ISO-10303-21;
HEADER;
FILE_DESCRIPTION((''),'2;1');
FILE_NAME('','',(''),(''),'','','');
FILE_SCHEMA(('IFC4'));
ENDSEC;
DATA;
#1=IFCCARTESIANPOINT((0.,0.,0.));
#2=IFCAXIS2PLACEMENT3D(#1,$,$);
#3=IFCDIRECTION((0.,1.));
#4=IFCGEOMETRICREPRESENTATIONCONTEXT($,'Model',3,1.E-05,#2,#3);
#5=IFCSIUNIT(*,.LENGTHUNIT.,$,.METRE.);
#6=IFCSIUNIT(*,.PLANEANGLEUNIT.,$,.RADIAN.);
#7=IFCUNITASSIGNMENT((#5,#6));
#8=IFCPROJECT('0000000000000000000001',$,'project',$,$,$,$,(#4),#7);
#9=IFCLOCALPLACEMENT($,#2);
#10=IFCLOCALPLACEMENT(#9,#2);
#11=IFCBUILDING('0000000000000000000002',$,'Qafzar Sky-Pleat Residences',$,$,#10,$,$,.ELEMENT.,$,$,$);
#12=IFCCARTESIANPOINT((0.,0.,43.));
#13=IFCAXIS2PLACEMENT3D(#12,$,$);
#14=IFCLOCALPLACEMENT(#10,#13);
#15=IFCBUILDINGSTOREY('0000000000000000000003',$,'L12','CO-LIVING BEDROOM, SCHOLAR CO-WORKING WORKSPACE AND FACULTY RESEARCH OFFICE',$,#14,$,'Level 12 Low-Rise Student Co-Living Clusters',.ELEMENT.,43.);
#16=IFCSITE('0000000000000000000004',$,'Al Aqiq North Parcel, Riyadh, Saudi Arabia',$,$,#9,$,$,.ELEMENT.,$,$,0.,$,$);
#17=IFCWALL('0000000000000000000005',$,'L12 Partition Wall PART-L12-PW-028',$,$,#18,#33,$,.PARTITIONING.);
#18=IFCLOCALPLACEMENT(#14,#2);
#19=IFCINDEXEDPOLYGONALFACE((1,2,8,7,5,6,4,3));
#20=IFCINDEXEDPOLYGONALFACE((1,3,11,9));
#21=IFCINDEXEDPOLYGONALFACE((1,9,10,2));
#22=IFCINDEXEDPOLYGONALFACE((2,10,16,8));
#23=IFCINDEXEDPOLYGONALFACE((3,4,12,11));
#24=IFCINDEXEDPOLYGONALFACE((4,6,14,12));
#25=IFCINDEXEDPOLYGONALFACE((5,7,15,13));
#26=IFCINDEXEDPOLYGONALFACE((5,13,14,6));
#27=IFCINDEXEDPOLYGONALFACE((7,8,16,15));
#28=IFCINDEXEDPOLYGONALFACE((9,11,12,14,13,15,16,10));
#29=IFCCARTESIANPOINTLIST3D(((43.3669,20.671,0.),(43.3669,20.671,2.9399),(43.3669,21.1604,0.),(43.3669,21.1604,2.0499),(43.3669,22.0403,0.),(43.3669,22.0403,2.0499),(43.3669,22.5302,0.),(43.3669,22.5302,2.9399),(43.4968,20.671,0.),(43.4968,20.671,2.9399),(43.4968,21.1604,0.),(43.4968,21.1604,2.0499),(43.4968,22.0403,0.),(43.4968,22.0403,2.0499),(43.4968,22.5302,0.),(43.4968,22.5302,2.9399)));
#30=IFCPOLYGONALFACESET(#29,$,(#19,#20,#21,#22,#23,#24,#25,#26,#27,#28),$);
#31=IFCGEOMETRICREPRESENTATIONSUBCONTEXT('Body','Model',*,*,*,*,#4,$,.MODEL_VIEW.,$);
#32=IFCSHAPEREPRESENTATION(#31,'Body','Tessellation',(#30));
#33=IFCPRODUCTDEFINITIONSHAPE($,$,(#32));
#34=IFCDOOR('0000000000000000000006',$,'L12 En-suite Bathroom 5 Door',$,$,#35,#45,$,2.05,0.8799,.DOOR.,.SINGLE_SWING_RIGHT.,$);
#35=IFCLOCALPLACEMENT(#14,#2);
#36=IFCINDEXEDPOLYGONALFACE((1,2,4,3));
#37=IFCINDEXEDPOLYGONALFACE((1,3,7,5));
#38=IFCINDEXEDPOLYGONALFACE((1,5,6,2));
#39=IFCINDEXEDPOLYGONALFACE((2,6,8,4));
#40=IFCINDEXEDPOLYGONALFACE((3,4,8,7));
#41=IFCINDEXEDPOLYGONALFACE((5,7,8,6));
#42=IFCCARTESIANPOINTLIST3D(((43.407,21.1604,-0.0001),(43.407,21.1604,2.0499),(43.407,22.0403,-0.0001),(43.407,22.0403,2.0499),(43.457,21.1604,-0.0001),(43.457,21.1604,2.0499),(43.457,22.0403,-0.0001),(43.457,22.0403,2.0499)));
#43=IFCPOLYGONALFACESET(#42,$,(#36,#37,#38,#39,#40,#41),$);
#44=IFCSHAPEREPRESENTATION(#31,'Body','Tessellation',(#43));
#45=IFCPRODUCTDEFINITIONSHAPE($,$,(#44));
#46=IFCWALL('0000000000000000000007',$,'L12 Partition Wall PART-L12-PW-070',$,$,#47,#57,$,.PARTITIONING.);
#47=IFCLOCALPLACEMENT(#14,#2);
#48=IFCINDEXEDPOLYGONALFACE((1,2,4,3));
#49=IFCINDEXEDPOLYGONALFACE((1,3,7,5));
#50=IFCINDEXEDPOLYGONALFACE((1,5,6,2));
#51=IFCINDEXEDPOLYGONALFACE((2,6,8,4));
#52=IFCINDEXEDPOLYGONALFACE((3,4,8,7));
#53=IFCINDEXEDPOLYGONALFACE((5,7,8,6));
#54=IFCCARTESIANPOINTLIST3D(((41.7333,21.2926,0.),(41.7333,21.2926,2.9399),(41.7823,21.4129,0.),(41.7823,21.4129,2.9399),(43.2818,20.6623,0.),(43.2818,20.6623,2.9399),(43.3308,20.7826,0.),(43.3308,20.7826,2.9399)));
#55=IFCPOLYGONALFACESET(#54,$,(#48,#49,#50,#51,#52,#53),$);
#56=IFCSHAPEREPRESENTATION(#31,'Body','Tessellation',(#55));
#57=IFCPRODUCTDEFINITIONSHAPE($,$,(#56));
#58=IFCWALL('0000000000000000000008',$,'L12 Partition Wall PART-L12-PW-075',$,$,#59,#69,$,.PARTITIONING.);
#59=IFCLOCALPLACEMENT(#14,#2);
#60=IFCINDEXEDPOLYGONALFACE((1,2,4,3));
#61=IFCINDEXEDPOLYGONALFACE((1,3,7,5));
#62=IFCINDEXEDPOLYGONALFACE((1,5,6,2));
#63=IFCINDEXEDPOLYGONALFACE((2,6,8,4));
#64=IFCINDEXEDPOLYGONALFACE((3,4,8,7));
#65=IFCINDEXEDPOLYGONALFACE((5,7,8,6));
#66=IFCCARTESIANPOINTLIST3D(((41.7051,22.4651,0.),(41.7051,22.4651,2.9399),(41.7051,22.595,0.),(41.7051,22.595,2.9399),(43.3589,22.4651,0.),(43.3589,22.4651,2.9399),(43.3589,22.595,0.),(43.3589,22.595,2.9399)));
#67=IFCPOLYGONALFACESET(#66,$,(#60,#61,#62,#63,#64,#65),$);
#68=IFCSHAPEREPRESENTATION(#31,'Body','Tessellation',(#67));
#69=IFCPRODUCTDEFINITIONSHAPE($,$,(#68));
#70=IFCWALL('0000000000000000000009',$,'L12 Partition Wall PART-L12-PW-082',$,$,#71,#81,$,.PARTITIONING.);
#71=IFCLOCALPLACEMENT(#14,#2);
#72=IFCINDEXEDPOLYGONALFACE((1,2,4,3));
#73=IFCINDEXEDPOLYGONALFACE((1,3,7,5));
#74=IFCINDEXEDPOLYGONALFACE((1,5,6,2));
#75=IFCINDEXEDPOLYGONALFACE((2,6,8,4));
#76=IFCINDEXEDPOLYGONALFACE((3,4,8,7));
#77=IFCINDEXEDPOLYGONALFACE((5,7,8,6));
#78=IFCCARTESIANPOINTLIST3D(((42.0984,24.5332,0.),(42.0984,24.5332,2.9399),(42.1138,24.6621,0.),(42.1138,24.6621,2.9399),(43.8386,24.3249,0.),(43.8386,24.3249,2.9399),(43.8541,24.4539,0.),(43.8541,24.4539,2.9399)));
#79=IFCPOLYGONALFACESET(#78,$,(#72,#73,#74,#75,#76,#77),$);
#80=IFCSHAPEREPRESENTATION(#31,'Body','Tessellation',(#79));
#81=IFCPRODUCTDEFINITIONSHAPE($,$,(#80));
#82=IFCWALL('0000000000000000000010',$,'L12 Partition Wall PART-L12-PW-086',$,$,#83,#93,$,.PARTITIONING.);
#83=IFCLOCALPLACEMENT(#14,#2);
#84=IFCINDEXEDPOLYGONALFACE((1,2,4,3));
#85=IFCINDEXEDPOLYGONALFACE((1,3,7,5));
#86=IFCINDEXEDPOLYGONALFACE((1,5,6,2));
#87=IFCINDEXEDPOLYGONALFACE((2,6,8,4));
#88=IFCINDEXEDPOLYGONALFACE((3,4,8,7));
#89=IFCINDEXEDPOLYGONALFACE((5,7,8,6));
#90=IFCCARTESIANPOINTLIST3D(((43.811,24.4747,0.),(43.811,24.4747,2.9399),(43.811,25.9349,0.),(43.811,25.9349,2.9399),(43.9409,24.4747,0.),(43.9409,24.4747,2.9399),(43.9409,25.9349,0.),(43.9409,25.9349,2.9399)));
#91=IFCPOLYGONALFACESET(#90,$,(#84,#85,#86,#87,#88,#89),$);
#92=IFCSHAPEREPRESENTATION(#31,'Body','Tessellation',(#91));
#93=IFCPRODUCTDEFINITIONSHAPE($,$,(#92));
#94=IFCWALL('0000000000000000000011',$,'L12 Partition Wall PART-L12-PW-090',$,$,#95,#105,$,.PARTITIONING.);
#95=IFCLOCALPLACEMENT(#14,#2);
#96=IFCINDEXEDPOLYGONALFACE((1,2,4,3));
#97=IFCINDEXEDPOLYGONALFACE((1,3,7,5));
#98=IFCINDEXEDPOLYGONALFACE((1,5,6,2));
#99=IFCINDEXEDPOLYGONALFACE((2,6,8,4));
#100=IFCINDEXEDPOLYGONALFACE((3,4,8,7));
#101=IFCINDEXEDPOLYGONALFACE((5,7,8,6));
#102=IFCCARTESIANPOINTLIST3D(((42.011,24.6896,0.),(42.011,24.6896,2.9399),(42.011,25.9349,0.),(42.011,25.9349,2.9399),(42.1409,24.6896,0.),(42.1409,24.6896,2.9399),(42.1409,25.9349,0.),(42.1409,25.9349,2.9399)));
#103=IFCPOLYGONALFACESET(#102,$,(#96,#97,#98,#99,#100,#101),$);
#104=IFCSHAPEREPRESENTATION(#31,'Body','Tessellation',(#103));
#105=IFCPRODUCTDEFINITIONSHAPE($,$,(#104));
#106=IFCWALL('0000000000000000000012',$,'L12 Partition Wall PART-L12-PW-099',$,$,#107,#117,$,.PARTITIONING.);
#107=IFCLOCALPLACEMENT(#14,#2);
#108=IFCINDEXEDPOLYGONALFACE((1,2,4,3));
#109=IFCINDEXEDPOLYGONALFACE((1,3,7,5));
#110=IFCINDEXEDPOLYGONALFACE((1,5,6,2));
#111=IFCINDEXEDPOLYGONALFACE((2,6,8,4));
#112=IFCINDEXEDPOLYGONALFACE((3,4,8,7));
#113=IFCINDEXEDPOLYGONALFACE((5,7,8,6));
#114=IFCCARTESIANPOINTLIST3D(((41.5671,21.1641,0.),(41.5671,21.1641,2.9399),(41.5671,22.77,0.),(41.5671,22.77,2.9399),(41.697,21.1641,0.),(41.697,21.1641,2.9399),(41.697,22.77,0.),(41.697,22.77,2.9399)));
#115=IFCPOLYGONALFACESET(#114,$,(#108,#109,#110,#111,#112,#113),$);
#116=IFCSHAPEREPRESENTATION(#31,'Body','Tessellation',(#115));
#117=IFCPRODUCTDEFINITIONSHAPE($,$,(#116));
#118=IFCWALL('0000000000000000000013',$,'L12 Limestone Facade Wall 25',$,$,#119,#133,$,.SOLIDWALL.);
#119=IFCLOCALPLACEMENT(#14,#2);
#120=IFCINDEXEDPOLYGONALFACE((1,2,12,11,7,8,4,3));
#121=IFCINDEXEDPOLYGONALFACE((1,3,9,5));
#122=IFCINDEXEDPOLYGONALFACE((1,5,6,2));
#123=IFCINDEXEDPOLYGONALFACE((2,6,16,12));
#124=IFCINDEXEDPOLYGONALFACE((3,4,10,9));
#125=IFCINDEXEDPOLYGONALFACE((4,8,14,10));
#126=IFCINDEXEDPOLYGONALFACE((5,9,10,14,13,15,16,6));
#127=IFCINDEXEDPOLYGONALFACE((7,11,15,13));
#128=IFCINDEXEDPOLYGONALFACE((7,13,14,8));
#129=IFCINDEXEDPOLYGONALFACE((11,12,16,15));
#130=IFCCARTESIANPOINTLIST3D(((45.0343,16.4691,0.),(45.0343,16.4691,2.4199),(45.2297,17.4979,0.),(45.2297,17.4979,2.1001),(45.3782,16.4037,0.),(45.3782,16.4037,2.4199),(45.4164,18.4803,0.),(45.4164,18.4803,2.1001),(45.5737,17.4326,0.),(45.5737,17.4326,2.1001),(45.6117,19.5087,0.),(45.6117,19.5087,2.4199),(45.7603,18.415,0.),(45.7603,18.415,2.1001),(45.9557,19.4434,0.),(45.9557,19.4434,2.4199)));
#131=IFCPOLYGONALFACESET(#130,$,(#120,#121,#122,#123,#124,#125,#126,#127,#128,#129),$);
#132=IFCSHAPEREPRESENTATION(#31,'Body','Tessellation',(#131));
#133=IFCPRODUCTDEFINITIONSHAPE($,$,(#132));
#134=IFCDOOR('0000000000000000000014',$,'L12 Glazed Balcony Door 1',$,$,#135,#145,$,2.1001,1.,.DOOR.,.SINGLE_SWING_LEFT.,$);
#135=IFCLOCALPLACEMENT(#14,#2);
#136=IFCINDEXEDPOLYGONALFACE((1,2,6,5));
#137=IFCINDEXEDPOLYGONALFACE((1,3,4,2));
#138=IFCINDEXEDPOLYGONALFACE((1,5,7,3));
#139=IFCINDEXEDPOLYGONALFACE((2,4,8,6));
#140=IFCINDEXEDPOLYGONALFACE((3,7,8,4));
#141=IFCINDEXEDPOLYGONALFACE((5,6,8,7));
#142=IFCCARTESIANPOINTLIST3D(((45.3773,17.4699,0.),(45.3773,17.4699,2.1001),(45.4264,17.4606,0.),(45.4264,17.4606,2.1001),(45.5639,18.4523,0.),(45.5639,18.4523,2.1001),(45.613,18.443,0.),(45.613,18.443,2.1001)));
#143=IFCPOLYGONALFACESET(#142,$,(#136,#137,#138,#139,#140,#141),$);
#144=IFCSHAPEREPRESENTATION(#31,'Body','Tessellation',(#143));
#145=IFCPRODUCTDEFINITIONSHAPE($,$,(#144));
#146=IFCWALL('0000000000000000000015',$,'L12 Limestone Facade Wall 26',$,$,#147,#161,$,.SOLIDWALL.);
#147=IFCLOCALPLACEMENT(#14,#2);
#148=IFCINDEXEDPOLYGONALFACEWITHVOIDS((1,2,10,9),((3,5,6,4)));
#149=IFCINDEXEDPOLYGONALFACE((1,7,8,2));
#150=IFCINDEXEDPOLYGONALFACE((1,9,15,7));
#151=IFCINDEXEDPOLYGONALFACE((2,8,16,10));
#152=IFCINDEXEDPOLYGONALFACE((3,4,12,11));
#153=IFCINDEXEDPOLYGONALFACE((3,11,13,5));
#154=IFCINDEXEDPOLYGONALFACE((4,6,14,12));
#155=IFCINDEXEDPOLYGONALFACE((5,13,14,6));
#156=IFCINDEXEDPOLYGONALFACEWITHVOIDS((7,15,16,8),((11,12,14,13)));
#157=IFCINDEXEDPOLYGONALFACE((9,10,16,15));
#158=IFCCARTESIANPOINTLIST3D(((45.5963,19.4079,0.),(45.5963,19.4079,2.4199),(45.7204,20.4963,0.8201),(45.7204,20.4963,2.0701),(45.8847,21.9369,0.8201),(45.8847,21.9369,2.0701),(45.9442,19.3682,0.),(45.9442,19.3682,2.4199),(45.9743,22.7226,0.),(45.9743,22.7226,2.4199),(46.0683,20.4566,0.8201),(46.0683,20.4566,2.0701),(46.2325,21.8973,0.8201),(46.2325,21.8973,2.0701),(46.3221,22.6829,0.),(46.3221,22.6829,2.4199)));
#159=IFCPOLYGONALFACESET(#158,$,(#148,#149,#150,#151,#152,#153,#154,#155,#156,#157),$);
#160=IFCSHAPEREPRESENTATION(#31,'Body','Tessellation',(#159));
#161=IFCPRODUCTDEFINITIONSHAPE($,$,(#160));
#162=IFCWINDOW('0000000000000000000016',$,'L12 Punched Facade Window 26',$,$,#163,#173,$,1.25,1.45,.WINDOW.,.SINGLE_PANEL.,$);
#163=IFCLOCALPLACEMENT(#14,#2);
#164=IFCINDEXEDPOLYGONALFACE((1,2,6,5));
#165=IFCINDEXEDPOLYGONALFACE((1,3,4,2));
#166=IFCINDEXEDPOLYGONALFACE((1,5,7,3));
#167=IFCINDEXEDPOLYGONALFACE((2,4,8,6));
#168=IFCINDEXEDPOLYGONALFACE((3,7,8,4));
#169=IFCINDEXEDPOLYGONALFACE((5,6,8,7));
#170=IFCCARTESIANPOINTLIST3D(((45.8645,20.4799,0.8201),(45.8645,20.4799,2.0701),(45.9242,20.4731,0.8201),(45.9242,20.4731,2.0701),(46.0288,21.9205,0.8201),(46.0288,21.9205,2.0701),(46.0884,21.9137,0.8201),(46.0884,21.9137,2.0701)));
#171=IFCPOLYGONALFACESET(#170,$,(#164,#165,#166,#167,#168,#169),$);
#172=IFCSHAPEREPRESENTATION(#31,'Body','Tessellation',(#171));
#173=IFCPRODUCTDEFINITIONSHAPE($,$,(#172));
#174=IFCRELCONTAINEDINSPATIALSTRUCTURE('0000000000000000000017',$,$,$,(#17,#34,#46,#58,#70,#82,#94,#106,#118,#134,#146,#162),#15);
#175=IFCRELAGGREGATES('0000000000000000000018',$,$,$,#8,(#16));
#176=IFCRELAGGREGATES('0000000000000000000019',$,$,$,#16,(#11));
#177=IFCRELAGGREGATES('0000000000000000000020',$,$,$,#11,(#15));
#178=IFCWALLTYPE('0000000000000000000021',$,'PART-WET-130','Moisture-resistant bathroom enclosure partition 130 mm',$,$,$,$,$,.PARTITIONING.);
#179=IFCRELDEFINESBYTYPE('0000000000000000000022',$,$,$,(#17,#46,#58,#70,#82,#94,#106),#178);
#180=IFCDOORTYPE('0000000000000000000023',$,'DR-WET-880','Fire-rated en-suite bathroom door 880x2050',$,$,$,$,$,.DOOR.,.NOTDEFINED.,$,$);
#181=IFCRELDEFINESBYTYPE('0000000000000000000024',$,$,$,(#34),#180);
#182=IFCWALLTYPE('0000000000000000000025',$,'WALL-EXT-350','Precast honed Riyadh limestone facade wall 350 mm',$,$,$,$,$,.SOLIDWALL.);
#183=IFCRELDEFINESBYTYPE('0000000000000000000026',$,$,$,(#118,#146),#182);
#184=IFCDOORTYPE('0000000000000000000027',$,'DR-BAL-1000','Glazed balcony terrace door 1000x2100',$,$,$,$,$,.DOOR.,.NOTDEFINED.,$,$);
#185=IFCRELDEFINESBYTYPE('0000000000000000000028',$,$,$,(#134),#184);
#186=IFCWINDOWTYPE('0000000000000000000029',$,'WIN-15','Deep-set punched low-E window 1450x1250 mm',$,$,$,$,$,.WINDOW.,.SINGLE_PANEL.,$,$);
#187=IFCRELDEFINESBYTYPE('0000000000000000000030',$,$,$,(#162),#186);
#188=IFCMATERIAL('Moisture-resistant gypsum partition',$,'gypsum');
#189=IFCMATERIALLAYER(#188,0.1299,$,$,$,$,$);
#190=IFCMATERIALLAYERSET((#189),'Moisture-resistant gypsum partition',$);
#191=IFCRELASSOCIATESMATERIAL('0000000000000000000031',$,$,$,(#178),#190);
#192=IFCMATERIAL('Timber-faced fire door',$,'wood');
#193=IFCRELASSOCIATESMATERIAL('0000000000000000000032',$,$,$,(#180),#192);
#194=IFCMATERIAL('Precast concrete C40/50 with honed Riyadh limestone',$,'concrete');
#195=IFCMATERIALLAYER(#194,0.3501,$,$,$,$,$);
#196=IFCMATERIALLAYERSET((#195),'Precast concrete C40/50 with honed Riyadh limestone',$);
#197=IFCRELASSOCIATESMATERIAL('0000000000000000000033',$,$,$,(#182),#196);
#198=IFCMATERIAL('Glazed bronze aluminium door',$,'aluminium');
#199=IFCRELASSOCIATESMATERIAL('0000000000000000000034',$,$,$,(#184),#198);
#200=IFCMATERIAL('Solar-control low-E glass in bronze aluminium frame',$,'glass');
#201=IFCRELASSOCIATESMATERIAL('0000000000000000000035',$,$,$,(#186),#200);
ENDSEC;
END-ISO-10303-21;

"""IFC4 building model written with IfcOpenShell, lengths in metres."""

from ifc_helpers import new_model, si_unit, direction, frame, frame_2d, origin, place, context, subcontext, project, spatial, rectangle, extrude, source, transform, mapped, material, layer, layer_set, type_object, element, fill, save


model = new_model("IFC4")

# Units and contexts
model_context = context("Model", 3, precision=1e-05, world=origin(), true_north=direction((0.0, 1.0)))
body_context = subcontext(model_context, "Body", "Model", "MODEL_VIEW")
ifc_project = project(units=[si_unit("LENGTHUNIT", "METRE"), si_unit("PLANEANGLEUNIT", "RADIAN")], contexts=[model_context])

# Site, building, storey
site_placement = place(None, origin())
site = spatial("IfcSite", under=ifc_project, at=site_placement, Name="Al Aqiq North Parcel, Riyadh, Saudi Arabia", CompositionType="ELEMENT", RefElevation=0.0)
building_placement = place(site_placement, origin())
building = spatial("IfcBuilding", under=site, at=building_placement, Name="Qafzar Sky-Pleat Residences", CompositionType="ELEMENT")
storey_placement = place(building_placement, frame((0.0, 0.0, 43.0)))
storey = spatial("IfcBuildingStorey", under=building, at=storey_placement, Name="L12", Description="CO-LIVING BEDROOM, SCHOLAR CO-WORKING WORKSPACE AND FACULTY RESEARCH OFFICE", LongName="Level 12 Low-Rise Student Co-Living Clusters", CompositionType="ELEMENT", Elevation=43.0)

# Wall, opening, door
ifc_material_1 = material(Name="Moisture-resistant gypsum partition", Category="gypsum")
ifc_layer_1 = layer(ifc_material_1, 0.1299)
ifc_layer_set_1 = layer_set([ifc_layer_1], Name="Moisture-resistant gypsum partition")
wall_type_1 = type_object("IfcWallType", Name="PART-WET-130", Description="Moisture-resistant bathroom enclosure partition 130 mm", PredefinedType="PARTITIONING", material=ifc_layer_set_1)
wall_1_placement = place(storey_placement, frame((43.4319, 20.6709, 0.0), z_axis=(0.0, 0.0, 1.0), x_axis=(0.0, 1.0, 0.0)))
wall_1 = element("IfcWall", 1, at=wall_1_placement, inside=storey, type_object=wall_type_1, Name="L12 Partition Wall PART-L12-PW-028", PredefinedType="PARTITIONING", context=body_context, shape_type="SweptSolid", body=[
    extrude(rectangle(XDim=1.8591, YDim=0.1299, at=frame_2d((0.9297, 0.0))), origin(), (0.0, 0.0, 1.0), 2.9399),
])
opening_1_placement = place(wall_1_placement, frame((0.4895, 0.0, 0.0)))
opening_1 = element("IfcOpeningElement", 2, at=opening_1_placement, cuts=wall_1, PredefinedType="OPENING", context=body_context, shape_type="SweptSolid", body=[
    extrude(rectangle(XDim=0.8799, YDim=2.05, at=frame_2d((0.4399, 1.0249))), frame((0.0, 0.075, 0.0), z_axis=(0.0, -1.0, 0.0), x_axis=(1.0, 0.0, 0.0)), (0.0, 0.0, 1.0), 0.1499),
])
ifc_material_2 = material(Name="Timber-faced fire door", Category="wood")
door_type_1 = type_object("IfcDoorType", Name="DR-WET-880", Description="Fire-rated en-suite bathroom door 880x2050", OperationType="NOTDEFINED", PredefinedType="DOOR", material=ifc_material_2)
shared_shape_1 = source(origin(), body_context, "Body", "SweptSolid", [
    extrude(rectangle(XDim=0.8799, YDim=2.05, at=frame_2d((0.4399, 1.0249))), frame((0.0, 0.0249, 0.0), z_axis=(0.0, -1.0, 0.0), x_axis=(1.0, 0.0, 0.0)), (0.0, 0.0, 1.0), 0.05),
])
door_1_placement = place(opening_1_placement, origin())
door_1 = element("IfcDoor", 3, at=door_1_placement, inside=storey, type_object=door_type_1, Name="L12 En-suite Bathroom 5 Door", OperationType="SINGLE_SWING_RIGHT", OverallHeight=2.05, OverallWidth=0.8799, PredefinedType="DOOR", context=body_context, shape_type="MappedRepresentation", body=[
    mapped(shared_shape_1, transform((0.0, 0.0, 0.0), x_axis=(1.0, 0.0, 0.0), y_axis=(0.0, 1.0, 0.0), z_axis=(0.0, 0.0, 1.0), scale=1.0)),
])
fill(opening_1, door_1)

# Walls
wall_2_placement = place(storey_placement, frame((41.7578, 21.3528, 0.0), z_axis=(0.0, 0.0, 1.0), x_axis=(0.926204, -0.377023, 0.0)))
element("IfcWall", 4, at=wall_2_placement, inside=storey, type_object=wall_type_1, Name="L12 Partition Wall PART-L12-PW-070", PredefinedType="PARTITIONING", context=body_context, shape_type="SweptSolid", body=[
    extrude(rectangle(XDim=1.6719, YDim=0.1299, at=frame_2d((0.8359, 0.0))), origin(), (0.0, 0.0, 1.0), 2.9399),
])
wall_3_placement = place(storey_placement, frame((41.7051, 22.53, 0.0), z_axis=(0.0, 0.0, 1.0), x_axis=(1.0, 0.0, 0.0)))
element("IfcWall", 5, at=wall_3_placement, inside=storey, type_object=wall_type_1, Name="L12 Partition Wall PART-L12-PW-075", PredefinedType="PARTITIONING", context=body_context, shape_type="SweptSolid", body=[
    extrude(rectangle(XDim=1.6538, YDim=0.1299, at=frame_2d((0.8269, 0.0))), origin(), (0.0, 0.0, 1.0), 2.9399),
])
wall_4_placement = place(storey_placement, frame((42.106, 24.5977, 0.0), z_axis=(0.0, 0.0, 1.0), x_axis=(0.992916, -0.118821, 0.0)))
element("IfcWall", 6, at=wall_4_placement, inside=storey, type_object=wall_type_1, Name="L12 Partition Wall PART-L12-PW-082", PredefinedType="PARTITIONING", context=body_context, shape_type="SweptSolid", body=[
    extrude(rectangle(XDim=1.7527, YDim=0.1299, at=frame_2d((0.8765, 0.0))), origin(), (0.0, 0.0, 1.0), 2.9399),
])
wall_5_placement = place(storey_placement, frame((43.876, 24.4749, 0.0), z_axis=(0.0, 0.0, 1.0), x_axis=(0.0, 1.0, 0.0)))
element("IfcWall", 7, at=wall_5_placement, inside=storey, type_object=wall_type_1, Name="L12 Partition Wall PART-L12-PW-086", PredefinedType="PARTITIONING", context=body_context, shape_type="SweptSolid", body=[
    extrude(rectangle(XDim=1.4602, YDim=0.1299, at=frame_2d((0.73, 0.0))), origin(), (0.0, 0.0, 1.0), 2.9399),
])
wall_6_placement = place(storey_placement, frame((42.0759, 24.6897, 0.0), z_axis=(0.0, 0.0, 1.0), x_axis=(0.0, 1.0, 0.0)))
element("IfcWall", 8, at=wall_6_placement, inside=storey, type_object=wall_type_1, Name="L12 Partition Wall PART-L12-PW-090", PredefinedType="PARTITIONING", context=body_context, shape_type="SweptSolid", body=[
    extrude(rectangle(XDim=1.2454, YDim=0.1299, at=frame_2d((0.6226, 0.0))), origin(), (0.0, 0.0, 1.0), 2.9399),
])
wall_7_placement = place(storey_placement, frame((41.6321, 21.1641, 0.0), z_axis=(0.0, 0.0, 1.0), x_axis=(0.0, 1.0, 0.0)))
element("IfcWall", 9, at=wall_7_placement, inside=storey, type_object=wall_type_1, Name="L12 Partition Wall PART-L12-PW-099", PredefinedType="PARTITIONING", context=body_context, shape_type="SweptSolid", body=[
    extrude(rectangle(XDim=1.606, YDim=0.1299, at=frame_2d((0.803, 0.0))), origin(), (0.0, 0.0, 1.0), 2.9399),
])

# Wall, opening, door
ifc_material_3 = material(Name="Precast concrete C40/50 with honed Riyadh limestone", Category="concrete")
ifc_layer_2 = layer(ifc_material_3, 0.3501)
ifc_layer_set_2 = layer_set([ifc_layer_2], Name="Precast concrete C40/50 with honed Riyadh limestone")
wall_type_2 = type_object("IfcWallType", Name="WALL-EXT-350", Description="Precast honed Riyadh limestone facade wall 350 mm", PredefinedType="SOLIDWALL", material=ifc_layer_set_2)
wall_8_placement = place(storey_placement, frame((45.2063, 16.4365, 0.0), z_axis=(0.0, 0.0, 1.0), x_axis=(0.186623, 0.982432, 0.0)))
wall_8 = element("IfcWall", 10, at=wall_8_placement, inside=storey, type_object=wall_type_2, Name="L12 Limestone Facade Wall 25", PredefinedType="SOLIDWALL", context=body_context, shape_type="SweptSolid", body=[
    extrude(rectangle(XDim=3.094, YDim=0.3501, at=frame_2d((1.5469, 0.0))), origin(), (0.0, 0.0, 1.0), 2.4199),
])
opening_2_placement = place(wall_8_placement, frame((1.0471, 0.0, 0.0)))
opening_2 = element("IfcOpeningElement", 11, at=opening_2_placement, cuts=wall_8, PredefinedType="OPENING", context=body_context, shape_type="SweptSolid", body=[
    extrude(rectangle(XDim=1.0, YDim=2.1001, at=frame_2d((0.5, 1.05))), frame((0.0, 0.1851, 0.0), z_axis=(0.0, -1.0, 0.0), x_axis=(1.0, 0.0, 0.0)), (0.0, 0.0, 1.0), 0.3701),
])
ifc_material_4 = material(Name="Glazed bronze aluminium door", Category="aluminium")
door_type_2 = type_object("IfcDoorType", Name="DR-BAL-1000", Description="Glazed balcony terrace door 1000x2100", OperationType="NOTDEFINED", PredefinedType="DOOR", material=ifc_material_4)
shared_shape_2 = source(origin(), body_context, "Body", "SweptSolid", [
    extrude(rectangle(XDim=1.0, YDim=2.1001, at=frame_2d((0.5, 1.05))), frame((0.0, 0.0249, 0.0), z_axis=(0.0, -1.0, 0.0), x_axis=(1.0, 0.0, 0.0)), (0.0, 0.0, 1.0), 0.05),
])
door_2_placement = place(opening_2_placement, origin())
door_2 = element("IfcDoor", 12, at=door_2_placement, inside=storey, type_object=door_type_2, Name="L12 Glazed Balcony Door 1", OperationType="SINGLE_SWING_LEFT", OverallHeight=2.1001, OverallWidth=1.0, PredefinedType="DOOR", context=body_context, shape_type="MappedRepresentation", body=[
    mapped(shared_shape_2, transform((0.0, 0.0, 0.0), x_axis=(1.0, 0.0, 0.0), y_axis=(0.0, 1.0, 0.0), z_axis=(0.0, 0.0, 1.0), scale=1.0)),
])
fill(opening_2, door_2)

# Wall, opening, window
wall_9_placement = place(storey_placement, frame((45.7703, 19.3882, 0.0), z_axis=(0.0, 0.0, 1.0), x_axis=(0.113282, 0.993563, 0.0)))
wall_9 = element("IfcWall", 13, at=wall_9_placement, inside=storey, type_object=wall_type_2, Name="L12 Limestone Facade Wall 26", PredefinedType="SOLIDWALL", context=body_context, shape_type="SweptSolid", body=[
    extrude(rectangle(XDim=3.3362, YDim=0.3501, at=frame_2d((1.668, 0.0))), origin(), (0.0, 0.0, 1.0), 2.4199),
])
opening_3_placement = place(wall_9_placement, frame((1.0952, 0.0, 0.8201)))
opening_3 = element("IfcOpeningElement", 14, at=opening_3_placement, cuts=wall_9, PredefinedType="OPENING", context=body_context, shape_type="SweptSolid", body=[
    extrude(rectangle(XDim=1.45, YDim=1.25, at=frame_2d((0.7251, 0.625))), frame((0.0, 0.1851, 0.0), z_axis=(0.0, -1.0, 0.0), x_axis=(1.0, 0.0, 0.0)), (0.0, 0.0, 1.0), 0.3701),
])
ifc_material_5 = material(Name="Solar-control low-E glass in bronze aluminium frame", Category="glass")
window_type_1 = type_object("IfcWindowType", Name="WIN-15", Description="Deep-set punched low-E window 1450x1250 mm", PartitioningType="SINGLE_PANEL", PredefinedType="WINDOW", material=ifc_material_5)
shared_shape_3 = source(origin(), body_context, "Body", "SweptSolid", [
    extrude(rectangle(XDim=1.45, YDim=1.25, at=frame_2d((0.7251, 0.625))), frame((0.0, 0.03, 0.0), z_axis=(0.0, -1.0, 0.0), x_axis=(1.0, 0.0, 0.0)), (0.0, 0.0, 1.0), 0.0601),
])
window_1_placement = place(opening_3_placement, origin())
window_1 = element("IfcWindow", 15, at=window_1_placement, inside=storey, type_object=window_type_1, Name="L12 Punched Facade Window 26", OverallHeight=1.25, OverallWidth=1.45, PartitioningType="SINGLE_PANEL", PredefinedType="WINDOW", context=body_context, shape_type="MappedRepresentation", body=[
    mapped(shared_shape_3, transform((0.0, 0.0, 0.0), x_axis=(1.0, 0.0, 0.0), y_axis=(0.0, 1.0, 0.0), z_axis=(0.0, 0.0, 1.0), scale=1.0)),
])
fill(opening_3, window_1)

save(model, "model.ifc")
